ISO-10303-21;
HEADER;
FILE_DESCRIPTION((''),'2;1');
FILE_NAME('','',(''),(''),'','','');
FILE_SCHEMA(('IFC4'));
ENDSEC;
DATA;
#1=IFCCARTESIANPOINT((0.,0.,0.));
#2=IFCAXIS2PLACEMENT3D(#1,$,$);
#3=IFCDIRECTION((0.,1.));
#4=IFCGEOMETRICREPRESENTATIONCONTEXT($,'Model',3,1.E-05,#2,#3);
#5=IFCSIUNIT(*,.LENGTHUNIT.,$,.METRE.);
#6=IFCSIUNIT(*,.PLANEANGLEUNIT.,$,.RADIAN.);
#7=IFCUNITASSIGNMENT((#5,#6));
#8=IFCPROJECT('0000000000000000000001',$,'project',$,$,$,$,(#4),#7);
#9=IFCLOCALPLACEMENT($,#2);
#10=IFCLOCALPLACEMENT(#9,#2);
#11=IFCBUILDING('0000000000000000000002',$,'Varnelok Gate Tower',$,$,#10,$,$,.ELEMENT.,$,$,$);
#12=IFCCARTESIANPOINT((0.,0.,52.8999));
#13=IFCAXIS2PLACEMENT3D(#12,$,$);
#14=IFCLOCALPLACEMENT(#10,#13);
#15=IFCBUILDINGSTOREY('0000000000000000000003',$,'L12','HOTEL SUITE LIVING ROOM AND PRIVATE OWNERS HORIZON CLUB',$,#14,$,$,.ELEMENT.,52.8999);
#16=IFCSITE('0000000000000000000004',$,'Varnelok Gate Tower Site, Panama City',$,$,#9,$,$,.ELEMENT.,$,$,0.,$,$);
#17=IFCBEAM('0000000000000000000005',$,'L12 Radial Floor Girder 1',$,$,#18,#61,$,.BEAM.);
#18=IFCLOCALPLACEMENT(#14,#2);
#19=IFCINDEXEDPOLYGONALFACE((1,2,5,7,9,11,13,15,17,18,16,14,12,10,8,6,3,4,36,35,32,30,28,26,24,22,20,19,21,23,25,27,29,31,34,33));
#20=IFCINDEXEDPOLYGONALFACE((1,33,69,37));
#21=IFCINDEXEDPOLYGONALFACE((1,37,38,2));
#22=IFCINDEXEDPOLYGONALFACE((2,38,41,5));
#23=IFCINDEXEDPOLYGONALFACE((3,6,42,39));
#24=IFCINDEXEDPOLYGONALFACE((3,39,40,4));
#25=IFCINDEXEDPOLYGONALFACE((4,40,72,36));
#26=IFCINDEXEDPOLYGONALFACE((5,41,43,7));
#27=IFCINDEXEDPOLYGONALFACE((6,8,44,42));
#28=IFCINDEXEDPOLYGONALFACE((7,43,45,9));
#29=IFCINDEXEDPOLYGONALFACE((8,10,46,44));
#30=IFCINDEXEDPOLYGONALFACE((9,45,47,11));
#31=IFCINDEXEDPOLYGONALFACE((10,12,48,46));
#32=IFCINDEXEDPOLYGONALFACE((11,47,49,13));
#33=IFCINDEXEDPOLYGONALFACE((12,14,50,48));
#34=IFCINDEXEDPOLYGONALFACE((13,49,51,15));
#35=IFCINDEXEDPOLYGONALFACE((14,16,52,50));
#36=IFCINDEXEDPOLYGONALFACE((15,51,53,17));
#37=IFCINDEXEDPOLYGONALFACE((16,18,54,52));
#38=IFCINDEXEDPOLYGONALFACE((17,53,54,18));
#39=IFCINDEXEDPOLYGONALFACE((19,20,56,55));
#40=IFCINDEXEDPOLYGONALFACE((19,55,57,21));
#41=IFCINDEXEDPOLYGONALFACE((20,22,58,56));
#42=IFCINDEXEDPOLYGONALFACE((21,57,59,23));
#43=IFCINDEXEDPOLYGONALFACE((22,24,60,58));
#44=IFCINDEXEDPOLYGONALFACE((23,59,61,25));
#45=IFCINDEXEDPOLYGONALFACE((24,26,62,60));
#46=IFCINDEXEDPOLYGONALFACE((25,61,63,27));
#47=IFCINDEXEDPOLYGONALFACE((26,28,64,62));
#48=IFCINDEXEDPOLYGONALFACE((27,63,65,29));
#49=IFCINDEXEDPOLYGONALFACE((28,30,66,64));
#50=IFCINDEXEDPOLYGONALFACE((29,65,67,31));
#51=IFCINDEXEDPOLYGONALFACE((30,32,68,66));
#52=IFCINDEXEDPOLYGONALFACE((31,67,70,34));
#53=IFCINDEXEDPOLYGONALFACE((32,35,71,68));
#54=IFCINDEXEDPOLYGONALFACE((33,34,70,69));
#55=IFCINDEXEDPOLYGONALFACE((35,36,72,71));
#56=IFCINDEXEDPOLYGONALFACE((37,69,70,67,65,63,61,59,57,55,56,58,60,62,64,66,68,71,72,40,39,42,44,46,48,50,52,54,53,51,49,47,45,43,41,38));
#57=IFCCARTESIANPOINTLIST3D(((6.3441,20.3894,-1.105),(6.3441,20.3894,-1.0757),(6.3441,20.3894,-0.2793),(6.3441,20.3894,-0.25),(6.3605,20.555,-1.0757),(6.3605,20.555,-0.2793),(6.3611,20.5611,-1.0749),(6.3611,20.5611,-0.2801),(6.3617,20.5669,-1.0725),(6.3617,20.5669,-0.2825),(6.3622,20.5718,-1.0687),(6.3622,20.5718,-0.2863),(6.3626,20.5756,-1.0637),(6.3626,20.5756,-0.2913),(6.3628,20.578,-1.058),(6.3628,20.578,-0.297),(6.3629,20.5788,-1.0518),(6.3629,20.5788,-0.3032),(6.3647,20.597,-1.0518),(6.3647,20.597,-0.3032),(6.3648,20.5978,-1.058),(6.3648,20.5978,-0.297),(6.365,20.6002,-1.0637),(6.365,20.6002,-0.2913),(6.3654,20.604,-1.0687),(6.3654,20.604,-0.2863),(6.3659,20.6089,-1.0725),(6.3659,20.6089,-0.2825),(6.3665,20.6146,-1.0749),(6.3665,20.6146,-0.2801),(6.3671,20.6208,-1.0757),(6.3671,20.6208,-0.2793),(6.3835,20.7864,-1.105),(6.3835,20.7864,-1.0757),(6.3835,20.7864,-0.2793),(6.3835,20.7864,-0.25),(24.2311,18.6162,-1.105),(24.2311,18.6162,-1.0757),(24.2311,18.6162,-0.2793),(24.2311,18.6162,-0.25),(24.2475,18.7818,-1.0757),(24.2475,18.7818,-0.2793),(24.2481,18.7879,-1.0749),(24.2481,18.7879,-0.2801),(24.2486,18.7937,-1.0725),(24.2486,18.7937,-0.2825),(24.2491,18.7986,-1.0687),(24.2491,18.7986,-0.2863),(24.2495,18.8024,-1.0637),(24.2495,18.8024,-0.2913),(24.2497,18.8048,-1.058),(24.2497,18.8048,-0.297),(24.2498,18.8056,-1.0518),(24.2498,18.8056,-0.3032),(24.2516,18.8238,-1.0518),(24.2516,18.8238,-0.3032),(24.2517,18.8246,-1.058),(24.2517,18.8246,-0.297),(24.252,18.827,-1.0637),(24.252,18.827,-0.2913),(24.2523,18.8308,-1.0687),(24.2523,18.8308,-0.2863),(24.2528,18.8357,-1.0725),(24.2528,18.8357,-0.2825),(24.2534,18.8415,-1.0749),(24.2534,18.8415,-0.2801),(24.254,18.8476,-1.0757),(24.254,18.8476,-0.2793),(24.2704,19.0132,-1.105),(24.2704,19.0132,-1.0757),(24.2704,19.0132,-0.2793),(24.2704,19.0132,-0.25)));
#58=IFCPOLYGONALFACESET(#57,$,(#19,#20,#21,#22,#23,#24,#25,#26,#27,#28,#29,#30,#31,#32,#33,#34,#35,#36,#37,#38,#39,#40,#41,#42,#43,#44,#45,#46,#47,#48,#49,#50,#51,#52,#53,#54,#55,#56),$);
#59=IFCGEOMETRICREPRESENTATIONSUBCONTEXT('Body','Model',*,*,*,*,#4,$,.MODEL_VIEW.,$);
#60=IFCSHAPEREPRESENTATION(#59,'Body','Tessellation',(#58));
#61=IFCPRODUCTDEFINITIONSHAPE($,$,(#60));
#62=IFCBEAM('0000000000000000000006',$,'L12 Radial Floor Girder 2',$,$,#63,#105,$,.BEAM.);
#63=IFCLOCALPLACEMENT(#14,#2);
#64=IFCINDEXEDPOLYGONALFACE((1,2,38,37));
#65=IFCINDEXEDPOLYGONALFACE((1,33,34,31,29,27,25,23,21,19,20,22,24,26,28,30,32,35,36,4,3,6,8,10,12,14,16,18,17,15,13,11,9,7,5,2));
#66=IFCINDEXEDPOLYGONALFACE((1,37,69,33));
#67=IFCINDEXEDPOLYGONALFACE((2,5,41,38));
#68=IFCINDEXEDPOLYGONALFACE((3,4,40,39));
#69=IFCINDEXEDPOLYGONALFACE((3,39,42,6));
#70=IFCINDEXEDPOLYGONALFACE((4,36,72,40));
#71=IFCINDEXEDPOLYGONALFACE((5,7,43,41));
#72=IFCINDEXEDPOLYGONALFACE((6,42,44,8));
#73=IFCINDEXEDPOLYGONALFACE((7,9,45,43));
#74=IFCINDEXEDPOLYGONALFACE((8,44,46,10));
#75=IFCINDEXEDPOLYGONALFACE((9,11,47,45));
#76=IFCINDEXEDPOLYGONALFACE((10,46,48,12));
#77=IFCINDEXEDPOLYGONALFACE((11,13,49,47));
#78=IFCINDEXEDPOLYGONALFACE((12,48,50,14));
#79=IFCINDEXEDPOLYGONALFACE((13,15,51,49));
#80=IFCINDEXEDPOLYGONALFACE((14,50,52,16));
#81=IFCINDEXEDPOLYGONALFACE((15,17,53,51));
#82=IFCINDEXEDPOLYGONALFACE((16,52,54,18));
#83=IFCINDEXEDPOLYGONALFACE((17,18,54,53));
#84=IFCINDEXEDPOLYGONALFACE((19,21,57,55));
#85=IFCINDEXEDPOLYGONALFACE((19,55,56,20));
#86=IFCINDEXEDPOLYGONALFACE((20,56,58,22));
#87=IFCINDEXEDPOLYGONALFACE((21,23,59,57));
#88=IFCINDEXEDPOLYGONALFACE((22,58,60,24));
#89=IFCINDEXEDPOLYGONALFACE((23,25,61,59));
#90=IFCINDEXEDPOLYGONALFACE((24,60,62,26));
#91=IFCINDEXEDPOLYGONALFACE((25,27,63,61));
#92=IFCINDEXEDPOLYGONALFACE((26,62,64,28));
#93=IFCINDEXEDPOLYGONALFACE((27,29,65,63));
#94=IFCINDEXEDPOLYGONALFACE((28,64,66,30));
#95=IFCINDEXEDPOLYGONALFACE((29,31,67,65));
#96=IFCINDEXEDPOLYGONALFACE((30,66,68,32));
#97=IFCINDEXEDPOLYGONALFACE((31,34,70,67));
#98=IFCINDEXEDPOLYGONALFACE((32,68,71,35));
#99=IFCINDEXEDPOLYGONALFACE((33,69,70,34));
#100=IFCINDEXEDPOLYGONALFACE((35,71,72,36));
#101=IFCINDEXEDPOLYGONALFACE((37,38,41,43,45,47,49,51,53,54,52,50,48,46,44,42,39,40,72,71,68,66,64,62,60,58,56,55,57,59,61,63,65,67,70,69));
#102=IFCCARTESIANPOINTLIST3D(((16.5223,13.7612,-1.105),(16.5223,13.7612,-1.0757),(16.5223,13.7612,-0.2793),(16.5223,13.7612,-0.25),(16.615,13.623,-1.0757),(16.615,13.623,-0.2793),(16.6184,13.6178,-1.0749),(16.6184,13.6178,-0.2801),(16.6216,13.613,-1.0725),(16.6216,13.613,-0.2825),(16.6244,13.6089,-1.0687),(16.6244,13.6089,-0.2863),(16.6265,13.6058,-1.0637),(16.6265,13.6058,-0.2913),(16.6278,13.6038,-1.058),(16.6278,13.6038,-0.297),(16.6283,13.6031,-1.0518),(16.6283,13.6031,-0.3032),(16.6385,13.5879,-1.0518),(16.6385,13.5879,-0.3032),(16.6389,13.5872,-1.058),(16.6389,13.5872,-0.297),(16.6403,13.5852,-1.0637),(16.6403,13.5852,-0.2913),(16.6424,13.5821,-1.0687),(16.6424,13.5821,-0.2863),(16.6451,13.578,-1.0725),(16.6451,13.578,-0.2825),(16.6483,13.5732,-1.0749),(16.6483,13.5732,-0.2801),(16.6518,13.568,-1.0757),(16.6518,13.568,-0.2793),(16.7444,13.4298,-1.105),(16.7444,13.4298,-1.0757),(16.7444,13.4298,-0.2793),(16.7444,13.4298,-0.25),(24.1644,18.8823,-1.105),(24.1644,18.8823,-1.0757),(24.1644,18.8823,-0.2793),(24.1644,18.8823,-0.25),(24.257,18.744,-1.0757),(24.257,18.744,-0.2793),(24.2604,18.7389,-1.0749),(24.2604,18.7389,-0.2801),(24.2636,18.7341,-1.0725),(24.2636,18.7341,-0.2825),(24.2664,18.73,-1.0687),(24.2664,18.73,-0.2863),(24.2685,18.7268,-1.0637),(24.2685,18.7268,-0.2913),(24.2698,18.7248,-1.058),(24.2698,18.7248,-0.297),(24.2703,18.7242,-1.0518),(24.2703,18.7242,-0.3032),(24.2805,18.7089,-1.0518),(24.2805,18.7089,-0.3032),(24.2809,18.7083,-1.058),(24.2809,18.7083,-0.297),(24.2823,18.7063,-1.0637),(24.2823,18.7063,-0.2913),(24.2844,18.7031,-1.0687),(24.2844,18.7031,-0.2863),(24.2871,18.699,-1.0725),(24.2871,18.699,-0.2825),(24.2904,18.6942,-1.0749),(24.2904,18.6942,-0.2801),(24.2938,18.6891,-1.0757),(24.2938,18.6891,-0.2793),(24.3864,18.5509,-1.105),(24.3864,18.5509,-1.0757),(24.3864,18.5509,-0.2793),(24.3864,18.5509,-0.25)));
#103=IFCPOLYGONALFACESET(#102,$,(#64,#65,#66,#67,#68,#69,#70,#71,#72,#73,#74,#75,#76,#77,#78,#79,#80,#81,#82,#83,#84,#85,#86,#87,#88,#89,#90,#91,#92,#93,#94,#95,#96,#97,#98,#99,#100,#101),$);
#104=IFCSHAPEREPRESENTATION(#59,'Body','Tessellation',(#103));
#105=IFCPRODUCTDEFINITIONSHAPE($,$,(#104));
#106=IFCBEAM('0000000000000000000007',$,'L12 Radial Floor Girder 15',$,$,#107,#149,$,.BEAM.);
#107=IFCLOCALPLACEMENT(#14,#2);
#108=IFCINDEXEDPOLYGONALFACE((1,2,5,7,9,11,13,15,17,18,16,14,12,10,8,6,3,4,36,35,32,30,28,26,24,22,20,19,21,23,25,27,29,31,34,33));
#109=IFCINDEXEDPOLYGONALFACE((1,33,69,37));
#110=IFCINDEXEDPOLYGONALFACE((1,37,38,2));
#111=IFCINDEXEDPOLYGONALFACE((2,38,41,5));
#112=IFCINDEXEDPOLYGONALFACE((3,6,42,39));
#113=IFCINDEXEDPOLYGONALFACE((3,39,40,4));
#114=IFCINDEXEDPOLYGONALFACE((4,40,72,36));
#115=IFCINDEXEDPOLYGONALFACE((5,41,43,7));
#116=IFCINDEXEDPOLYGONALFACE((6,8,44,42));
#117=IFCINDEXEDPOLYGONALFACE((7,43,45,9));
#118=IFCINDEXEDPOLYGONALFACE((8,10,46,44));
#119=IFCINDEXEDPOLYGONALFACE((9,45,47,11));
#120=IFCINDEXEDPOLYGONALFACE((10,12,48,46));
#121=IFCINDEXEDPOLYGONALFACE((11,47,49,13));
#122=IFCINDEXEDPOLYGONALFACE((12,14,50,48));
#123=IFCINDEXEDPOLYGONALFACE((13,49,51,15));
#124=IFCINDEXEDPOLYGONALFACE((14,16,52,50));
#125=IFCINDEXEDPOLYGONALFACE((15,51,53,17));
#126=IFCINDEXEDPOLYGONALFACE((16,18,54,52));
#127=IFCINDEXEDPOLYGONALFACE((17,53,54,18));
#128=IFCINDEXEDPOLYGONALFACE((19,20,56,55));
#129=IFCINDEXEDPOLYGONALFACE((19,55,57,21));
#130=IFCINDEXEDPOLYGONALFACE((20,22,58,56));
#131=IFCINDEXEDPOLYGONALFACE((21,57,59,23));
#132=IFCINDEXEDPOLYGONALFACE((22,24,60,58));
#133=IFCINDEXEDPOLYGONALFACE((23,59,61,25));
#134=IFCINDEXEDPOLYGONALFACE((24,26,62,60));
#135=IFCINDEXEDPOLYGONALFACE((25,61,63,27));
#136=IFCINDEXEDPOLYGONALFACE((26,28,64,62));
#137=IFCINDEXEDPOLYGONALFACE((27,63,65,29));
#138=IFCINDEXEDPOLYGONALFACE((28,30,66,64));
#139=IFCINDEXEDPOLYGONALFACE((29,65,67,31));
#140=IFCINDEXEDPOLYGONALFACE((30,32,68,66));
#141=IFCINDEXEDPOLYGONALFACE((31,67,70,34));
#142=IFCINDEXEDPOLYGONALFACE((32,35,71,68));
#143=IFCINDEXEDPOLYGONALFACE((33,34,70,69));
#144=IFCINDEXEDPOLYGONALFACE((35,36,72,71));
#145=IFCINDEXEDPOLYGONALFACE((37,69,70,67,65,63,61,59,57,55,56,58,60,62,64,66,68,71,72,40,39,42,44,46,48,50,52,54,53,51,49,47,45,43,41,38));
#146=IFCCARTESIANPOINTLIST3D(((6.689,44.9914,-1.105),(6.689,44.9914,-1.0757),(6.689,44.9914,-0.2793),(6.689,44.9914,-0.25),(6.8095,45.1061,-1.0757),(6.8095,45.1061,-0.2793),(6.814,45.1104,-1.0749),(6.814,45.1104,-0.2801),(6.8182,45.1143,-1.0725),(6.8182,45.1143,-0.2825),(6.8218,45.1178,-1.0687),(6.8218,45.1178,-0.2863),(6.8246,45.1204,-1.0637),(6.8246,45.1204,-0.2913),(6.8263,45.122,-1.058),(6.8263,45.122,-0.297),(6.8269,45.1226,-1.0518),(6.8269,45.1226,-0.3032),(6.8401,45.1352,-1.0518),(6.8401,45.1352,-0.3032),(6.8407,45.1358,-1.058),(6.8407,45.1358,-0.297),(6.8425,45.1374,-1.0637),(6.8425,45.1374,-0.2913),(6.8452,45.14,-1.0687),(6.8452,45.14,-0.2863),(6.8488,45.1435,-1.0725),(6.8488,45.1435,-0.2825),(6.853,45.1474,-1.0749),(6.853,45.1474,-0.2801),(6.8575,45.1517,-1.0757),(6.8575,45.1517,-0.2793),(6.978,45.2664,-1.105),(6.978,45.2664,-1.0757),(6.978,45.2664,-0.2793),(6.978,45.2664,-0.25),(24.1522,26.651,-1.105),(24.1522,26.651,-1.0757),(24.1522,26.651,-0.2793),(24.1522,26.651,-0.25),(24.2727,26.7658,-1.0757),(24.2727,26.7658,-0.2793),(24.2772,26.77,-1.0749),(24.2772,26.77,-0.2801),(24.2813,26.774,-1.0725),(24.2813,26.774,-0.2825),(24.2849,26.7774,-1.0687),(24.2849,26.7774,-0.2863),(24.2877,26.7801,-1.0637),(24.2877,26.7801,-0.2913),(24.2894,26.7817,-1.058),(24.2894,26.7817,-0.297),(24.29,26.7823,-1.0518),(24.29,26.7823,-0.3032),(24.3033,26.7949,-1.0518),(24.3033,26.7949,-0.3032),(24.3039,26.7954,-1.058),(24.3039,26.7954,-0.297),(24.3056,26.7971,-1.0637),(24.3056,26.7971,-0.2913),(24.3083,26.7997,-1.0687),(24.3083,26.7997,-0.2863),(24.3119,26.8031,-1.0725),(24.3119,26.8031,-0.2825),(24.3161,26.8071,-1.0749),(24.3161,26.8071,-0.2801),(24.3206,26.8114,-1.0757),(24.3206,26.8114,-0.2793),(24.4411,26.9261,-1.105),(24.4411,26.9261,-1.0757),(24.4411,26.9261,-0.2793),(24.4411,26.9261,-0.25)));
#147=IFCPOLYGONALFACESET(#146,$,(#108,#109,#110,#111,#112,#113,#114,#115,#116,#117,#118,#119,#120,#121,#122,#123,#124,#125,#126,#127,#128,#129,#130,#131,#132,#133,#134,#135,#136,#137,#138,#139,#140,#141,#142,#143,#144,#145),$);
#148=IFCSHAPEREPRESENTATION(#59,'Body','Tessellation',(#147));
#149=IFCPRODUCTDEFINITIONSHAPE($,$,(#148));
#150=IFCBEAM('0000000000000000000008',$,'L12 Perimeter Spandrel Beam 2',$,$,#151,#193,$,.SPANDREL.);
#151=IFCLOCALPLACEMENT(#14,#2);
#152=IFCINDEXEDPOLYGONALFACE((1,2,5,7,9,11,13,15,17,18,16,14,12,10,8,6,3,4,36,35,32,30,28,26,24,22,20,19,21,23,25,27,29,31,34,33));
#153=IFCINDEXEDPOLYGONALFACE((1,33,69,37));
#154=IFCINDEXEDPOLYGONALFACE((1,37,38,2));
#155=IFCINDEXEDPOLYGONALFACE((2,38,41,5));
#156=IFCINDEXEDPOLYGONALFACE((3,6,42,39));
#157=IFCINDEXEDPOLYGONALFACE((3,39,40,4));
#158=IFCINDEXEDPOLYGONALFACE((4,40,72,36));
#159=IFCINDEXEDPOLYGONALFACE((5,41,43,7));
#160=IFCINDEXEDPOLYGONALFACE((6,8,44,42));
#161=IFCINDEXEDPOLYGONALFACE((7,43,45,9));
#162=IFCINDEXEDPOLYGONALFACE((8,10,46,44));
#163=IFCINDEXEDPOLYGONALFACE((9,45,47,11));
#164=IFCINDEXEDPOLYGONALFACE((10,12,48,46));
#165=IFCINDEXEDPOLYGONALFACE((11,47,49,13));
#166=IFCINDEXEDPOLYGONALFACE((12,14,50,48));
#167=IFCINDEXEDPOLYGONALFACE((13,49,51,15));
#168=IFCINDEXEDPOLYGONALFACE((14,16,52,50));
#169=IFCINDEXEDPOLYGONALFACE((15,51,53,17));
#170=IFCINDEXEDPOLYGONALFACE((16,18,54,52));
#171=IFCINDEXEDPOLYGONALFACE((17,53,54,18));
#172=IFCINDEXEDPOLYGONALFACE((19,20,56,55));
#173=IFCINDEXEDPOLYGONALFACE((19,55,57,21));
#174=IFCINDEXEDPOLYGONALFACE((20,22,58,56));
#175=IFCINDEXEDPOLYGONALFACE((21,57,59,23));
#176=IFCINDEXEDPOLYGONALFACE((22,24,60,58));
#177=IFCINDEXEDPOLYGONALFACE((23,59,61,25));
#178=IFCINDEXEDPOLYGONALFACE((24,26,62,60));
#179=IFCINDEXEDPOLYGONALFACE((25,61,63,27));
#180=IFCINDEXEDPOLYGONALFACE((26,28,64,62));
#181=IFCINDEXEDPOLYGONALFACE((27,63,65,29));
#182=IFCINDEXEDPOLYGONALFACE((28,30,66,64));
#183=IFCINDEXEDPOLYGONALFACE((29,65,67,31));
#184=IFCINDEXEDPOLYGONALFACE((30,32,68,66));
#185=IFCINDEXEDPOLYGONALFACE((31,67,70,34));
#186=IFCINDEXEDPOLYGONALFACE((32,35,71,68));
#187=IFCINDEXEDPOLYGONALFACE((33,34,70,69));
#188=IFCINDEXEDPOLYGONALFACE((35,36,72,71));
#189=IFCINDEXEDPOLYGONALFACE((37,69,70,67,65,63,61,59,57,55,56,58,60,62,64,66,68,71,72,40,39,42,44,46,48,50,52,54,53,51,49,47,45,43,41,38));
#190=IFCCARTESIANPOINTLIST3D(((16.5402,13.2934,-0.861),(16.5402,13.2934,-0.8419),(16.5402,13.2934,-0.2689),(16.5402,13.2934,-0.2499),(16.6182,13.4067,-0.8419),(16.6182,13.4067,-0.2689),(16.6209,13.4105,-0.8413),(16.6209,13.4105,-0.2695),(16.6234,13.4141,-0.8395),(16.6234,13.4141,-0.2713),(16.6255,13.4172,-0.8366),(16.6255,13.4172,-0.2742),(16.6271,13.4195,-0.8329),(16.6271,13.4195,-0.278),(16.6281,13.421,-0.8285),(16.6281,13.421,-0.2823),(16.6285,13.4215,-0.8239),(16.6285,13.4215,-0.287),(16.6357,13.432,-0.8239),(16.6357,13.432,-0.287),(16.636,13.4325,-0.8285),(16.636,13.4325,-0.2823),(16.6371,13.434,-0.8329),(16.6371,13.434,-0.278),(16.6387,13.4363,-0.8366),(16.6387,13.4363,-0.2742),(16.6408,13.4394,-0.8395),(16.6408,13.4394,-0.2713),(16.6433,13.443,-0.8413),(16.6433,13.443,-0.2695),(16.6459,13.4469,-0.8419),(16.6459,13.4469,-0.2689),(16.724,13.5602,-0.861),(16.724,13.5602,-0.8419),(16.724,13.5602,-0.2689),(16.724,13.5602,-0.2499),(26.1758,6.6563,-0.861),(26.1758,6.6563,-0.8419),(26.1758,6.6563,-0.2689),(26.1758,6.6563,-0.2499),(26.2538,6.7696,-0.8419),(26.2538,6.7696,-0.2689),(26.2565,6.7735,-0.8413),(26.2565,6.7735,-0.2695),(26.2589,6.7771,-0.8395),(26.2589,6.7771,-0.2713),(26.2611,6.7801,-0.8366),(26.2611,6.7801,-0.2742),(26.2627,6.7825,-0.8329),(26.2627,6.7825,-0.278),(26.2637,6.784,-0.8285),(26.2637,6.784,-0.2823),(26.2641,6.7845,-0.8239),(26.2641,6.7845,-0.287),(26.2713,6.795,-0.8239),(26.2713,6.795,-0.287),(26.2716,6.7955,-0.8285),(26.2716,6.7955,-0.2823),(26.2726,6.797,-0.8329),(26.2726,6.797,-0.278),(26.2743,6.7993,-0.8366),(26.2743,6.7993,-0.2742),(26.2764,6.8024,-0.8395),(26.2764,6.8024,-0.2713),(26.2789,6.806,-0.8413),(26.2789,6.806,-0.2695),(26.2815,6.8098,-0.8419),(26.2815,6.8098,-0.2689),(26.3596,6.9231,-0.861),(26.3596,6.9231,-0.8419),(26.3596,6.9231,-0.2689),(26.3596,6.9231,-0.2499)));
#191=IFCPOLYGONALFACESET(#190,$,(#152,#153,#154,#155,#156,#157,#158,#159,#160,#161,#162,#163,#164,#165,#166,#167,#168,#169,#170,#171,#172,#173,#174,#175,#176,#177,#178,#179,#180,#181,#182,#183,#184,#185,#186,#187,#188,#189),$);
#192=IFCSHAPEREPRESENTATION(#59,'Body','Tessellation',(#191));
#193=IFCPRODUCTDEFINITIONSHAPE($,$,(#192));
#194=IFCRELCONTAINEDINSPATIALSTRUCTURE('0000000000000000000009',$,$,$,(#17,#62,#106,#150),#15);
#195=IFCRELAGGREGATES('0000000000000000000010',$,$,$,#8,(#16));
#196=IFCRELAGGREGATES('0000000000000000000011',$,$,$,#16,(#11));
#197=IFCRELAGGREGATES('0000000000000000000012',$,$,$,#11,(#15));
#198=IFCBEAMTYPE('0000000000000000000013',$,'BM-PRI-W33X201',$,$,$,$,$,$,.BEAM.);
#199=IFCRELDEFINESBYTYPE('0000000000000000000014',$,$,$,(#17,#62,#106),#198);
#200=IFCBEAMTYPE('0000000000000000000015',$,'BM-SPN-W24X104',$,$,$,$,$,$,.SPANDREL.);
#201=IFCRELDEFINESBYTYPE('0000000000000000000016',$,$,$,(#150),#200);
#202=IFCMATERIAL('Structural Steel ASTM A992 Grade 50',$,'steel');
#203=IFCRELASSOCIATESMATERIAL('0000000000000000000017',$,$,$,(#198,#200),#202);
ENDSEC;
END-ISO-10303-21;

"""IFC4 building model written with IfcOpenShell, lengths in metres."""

from ifc_helpers import new_model, si_unit, direction, frame, origin, origin_2d, place, context, subcontext, project, spatial, i_section, extrude, material, material_profile, profile_set, type_object, element, save


model = new_model("IFC4")

# Units and contexts
model_context = context("Model", 3, precision=1e-05, world=origin(), true_north=direction((0.0, 1.0)))
body_context = subcontext(model_context, "Body", "Model", "MODEL_VIEW")
ifc_project = project(units=[si_unit("LENGTHUNIT", "METRE"), si_unit("PLANEANGLEUNIT", "RADIAN")], contexts=[model_context])

# Site, building, storey
site_placement = place(None, origin())
site = spatial("IfcSite", under=ifc_project, at=site_placement, Name="Varnelok Gate Tower Site, Panama City", CompositionType="ELEMENT", RefElevation=0.0)
building_placement = place(site_placement, origin())
building = spatial("IfcBuilding", under=site, at=building_placement, Name="Varnelok Gate Tower", CompositionType="ELEMENT")
storey_placement = place(building_placement, frame((0.0, 0.0, 52.8999)))
storey = spatial("IfcBuildingStorey", under=building, at=storey_placement, Name="L12", Description="HOTEL SUITE LIVING ROOM AND PRIVATE OWNERS HORIZON CLUB", CompositionType="ELEMENT", Elevation=52.8999)

# Shared definitions
ifc_material_1 = material(Name="Structural Steel ASTM A992 Grade 50", Category="steel")

# Beams
ifc_material_profile_1 = material_profile(ifc_material_1, i_section(OverallWidth=0.3989, OverallDepth=0.855, WebThickness=0.0183, FlangeThickness=0.0293, FilletRadius=0.0239, at=origin_2d()), Name="W33X201")
ifc_profile_set_1 = profile_set([ifc_material_profile_1], Name="Structural Steel ASTM A992 Grade 50")
beam_type_1 = type_object("IfcBeamType", Name="BM-PRI-W33X201", PredefinedType="BEAM", material=ifc_profile_set_1)
beam_1_placement = place(storey_placement, frame((24.2507, 18.8147, -0.6775), z_axis=(-0.995122, 0.09865, 0.0), x_axis=(-0.09865, -0.995122, 0.0)))
element("IfcBeam", 1, at=beam_1_placement, inside=storey, type_object=beam_type_1, Name="L12 Radial Floor Girder 1", PredefinedType="BEAM", context=body_context, shape_type="SweptSolid", body=[
    extrude(i_section(OverallWidth=0.3989, OverallDepth=0.855, WebThickness=0.0183, FlangeThickness=0.0293, FilletRadius=0.0239, at=origin_2d()), origin(), (0.0, 0.0, 1.0), 17.9746),
])
beam_2_placement = place(storey_placement, frame((24.2754, 18.7166, -0.6775), z_axis=(-0.830725, -0.556683, 0.0), x_axis=(0.556683, -0.830725, 0.0)))
element("IfcBeam", 2, at=beam_2_placement, inside=storey, type_object=beam_type_1, Name="L12 Radial Floor Girder 2", PredefinedType="BEAM", context=body_context, shape_type="SweptSolid", body=[
    extrude(i_section(OverallWidth=0.3989, OverallDepth=0.855, WebThickness=0.0183, FlangeThickness=0.0293, FilletRadius=0.0239, at=origin_2d()), origin(), (0.0, 0.0, 1.0), 9.1992),
])
beam_3_placement = place(storey_placement, frame((24.2966, 26.7886, -0.6775), z_axis=(-0.689575, 0.724214, 0.0), x_axis=(-0.724214, -0.689575, 0.0)))
element("IfcBeam", 3, at=beam_3_placement, inside=storey, type_object=beam_type_1, Name="L12 Radial Floor Girder 15", PredefinedType="BEAM", context=body_context, shape_type="SweptSolid", body=[
    extrude(i_section(OverallWidth=0.3989, OverallDepth=0.855, WebThickness=0.0183, FlangeThickness=0.0293, FilletRadius=0.0239, at=origin_2d()), origin(), (0.0, 0.0, 1.0), 25.3245),
])
ifc_material_profile_2 = material_profile(ifc_material_1, i_section(OverallWidth=0.324, OverallDepth=0.6111, WebThickness=0.0127, FlangeThickness=0.019, FilletRadius=0.0181, at=origin_2d()), Name="W24X104")
ifc_profile_set_2 = profile_set([ifc_material_profile_2], Name="Structural Steel ASTM A992 Grade 50")
beam_type_2 = type_object("IfcBeamType", Name="BM-SPN-W24X104", PredefinedType="SPANDREL", material=ifc_profile_set_2)
beam_4_placement = place(storey_placement, frame((16.6321, 13.4268, -0.5554), z_axis=(0.823541, -0.567257, 0.0), x_axis=(0.567257, 0.823541, 0.0)))
element("IfcBeam", 4, at=beam_4_placement, inside=storey, type_object=beam_type_2, Name="L12 Perimeter Spandrel Beam 2", PredefinedType="SPANDREL", context=body_context, shape_type="SweptSolid", body=[
    extrude(i_section(OverallWidth=0.324, OverallDepth=0.6111, WebThickness=0.0127, FlangeThickness=0.019, FilletRadius=0.0181, at=origin_2d()), origin(), (0.0, 0.0, 1.0), 11.7002),
])

save(model, "model.ifc")
